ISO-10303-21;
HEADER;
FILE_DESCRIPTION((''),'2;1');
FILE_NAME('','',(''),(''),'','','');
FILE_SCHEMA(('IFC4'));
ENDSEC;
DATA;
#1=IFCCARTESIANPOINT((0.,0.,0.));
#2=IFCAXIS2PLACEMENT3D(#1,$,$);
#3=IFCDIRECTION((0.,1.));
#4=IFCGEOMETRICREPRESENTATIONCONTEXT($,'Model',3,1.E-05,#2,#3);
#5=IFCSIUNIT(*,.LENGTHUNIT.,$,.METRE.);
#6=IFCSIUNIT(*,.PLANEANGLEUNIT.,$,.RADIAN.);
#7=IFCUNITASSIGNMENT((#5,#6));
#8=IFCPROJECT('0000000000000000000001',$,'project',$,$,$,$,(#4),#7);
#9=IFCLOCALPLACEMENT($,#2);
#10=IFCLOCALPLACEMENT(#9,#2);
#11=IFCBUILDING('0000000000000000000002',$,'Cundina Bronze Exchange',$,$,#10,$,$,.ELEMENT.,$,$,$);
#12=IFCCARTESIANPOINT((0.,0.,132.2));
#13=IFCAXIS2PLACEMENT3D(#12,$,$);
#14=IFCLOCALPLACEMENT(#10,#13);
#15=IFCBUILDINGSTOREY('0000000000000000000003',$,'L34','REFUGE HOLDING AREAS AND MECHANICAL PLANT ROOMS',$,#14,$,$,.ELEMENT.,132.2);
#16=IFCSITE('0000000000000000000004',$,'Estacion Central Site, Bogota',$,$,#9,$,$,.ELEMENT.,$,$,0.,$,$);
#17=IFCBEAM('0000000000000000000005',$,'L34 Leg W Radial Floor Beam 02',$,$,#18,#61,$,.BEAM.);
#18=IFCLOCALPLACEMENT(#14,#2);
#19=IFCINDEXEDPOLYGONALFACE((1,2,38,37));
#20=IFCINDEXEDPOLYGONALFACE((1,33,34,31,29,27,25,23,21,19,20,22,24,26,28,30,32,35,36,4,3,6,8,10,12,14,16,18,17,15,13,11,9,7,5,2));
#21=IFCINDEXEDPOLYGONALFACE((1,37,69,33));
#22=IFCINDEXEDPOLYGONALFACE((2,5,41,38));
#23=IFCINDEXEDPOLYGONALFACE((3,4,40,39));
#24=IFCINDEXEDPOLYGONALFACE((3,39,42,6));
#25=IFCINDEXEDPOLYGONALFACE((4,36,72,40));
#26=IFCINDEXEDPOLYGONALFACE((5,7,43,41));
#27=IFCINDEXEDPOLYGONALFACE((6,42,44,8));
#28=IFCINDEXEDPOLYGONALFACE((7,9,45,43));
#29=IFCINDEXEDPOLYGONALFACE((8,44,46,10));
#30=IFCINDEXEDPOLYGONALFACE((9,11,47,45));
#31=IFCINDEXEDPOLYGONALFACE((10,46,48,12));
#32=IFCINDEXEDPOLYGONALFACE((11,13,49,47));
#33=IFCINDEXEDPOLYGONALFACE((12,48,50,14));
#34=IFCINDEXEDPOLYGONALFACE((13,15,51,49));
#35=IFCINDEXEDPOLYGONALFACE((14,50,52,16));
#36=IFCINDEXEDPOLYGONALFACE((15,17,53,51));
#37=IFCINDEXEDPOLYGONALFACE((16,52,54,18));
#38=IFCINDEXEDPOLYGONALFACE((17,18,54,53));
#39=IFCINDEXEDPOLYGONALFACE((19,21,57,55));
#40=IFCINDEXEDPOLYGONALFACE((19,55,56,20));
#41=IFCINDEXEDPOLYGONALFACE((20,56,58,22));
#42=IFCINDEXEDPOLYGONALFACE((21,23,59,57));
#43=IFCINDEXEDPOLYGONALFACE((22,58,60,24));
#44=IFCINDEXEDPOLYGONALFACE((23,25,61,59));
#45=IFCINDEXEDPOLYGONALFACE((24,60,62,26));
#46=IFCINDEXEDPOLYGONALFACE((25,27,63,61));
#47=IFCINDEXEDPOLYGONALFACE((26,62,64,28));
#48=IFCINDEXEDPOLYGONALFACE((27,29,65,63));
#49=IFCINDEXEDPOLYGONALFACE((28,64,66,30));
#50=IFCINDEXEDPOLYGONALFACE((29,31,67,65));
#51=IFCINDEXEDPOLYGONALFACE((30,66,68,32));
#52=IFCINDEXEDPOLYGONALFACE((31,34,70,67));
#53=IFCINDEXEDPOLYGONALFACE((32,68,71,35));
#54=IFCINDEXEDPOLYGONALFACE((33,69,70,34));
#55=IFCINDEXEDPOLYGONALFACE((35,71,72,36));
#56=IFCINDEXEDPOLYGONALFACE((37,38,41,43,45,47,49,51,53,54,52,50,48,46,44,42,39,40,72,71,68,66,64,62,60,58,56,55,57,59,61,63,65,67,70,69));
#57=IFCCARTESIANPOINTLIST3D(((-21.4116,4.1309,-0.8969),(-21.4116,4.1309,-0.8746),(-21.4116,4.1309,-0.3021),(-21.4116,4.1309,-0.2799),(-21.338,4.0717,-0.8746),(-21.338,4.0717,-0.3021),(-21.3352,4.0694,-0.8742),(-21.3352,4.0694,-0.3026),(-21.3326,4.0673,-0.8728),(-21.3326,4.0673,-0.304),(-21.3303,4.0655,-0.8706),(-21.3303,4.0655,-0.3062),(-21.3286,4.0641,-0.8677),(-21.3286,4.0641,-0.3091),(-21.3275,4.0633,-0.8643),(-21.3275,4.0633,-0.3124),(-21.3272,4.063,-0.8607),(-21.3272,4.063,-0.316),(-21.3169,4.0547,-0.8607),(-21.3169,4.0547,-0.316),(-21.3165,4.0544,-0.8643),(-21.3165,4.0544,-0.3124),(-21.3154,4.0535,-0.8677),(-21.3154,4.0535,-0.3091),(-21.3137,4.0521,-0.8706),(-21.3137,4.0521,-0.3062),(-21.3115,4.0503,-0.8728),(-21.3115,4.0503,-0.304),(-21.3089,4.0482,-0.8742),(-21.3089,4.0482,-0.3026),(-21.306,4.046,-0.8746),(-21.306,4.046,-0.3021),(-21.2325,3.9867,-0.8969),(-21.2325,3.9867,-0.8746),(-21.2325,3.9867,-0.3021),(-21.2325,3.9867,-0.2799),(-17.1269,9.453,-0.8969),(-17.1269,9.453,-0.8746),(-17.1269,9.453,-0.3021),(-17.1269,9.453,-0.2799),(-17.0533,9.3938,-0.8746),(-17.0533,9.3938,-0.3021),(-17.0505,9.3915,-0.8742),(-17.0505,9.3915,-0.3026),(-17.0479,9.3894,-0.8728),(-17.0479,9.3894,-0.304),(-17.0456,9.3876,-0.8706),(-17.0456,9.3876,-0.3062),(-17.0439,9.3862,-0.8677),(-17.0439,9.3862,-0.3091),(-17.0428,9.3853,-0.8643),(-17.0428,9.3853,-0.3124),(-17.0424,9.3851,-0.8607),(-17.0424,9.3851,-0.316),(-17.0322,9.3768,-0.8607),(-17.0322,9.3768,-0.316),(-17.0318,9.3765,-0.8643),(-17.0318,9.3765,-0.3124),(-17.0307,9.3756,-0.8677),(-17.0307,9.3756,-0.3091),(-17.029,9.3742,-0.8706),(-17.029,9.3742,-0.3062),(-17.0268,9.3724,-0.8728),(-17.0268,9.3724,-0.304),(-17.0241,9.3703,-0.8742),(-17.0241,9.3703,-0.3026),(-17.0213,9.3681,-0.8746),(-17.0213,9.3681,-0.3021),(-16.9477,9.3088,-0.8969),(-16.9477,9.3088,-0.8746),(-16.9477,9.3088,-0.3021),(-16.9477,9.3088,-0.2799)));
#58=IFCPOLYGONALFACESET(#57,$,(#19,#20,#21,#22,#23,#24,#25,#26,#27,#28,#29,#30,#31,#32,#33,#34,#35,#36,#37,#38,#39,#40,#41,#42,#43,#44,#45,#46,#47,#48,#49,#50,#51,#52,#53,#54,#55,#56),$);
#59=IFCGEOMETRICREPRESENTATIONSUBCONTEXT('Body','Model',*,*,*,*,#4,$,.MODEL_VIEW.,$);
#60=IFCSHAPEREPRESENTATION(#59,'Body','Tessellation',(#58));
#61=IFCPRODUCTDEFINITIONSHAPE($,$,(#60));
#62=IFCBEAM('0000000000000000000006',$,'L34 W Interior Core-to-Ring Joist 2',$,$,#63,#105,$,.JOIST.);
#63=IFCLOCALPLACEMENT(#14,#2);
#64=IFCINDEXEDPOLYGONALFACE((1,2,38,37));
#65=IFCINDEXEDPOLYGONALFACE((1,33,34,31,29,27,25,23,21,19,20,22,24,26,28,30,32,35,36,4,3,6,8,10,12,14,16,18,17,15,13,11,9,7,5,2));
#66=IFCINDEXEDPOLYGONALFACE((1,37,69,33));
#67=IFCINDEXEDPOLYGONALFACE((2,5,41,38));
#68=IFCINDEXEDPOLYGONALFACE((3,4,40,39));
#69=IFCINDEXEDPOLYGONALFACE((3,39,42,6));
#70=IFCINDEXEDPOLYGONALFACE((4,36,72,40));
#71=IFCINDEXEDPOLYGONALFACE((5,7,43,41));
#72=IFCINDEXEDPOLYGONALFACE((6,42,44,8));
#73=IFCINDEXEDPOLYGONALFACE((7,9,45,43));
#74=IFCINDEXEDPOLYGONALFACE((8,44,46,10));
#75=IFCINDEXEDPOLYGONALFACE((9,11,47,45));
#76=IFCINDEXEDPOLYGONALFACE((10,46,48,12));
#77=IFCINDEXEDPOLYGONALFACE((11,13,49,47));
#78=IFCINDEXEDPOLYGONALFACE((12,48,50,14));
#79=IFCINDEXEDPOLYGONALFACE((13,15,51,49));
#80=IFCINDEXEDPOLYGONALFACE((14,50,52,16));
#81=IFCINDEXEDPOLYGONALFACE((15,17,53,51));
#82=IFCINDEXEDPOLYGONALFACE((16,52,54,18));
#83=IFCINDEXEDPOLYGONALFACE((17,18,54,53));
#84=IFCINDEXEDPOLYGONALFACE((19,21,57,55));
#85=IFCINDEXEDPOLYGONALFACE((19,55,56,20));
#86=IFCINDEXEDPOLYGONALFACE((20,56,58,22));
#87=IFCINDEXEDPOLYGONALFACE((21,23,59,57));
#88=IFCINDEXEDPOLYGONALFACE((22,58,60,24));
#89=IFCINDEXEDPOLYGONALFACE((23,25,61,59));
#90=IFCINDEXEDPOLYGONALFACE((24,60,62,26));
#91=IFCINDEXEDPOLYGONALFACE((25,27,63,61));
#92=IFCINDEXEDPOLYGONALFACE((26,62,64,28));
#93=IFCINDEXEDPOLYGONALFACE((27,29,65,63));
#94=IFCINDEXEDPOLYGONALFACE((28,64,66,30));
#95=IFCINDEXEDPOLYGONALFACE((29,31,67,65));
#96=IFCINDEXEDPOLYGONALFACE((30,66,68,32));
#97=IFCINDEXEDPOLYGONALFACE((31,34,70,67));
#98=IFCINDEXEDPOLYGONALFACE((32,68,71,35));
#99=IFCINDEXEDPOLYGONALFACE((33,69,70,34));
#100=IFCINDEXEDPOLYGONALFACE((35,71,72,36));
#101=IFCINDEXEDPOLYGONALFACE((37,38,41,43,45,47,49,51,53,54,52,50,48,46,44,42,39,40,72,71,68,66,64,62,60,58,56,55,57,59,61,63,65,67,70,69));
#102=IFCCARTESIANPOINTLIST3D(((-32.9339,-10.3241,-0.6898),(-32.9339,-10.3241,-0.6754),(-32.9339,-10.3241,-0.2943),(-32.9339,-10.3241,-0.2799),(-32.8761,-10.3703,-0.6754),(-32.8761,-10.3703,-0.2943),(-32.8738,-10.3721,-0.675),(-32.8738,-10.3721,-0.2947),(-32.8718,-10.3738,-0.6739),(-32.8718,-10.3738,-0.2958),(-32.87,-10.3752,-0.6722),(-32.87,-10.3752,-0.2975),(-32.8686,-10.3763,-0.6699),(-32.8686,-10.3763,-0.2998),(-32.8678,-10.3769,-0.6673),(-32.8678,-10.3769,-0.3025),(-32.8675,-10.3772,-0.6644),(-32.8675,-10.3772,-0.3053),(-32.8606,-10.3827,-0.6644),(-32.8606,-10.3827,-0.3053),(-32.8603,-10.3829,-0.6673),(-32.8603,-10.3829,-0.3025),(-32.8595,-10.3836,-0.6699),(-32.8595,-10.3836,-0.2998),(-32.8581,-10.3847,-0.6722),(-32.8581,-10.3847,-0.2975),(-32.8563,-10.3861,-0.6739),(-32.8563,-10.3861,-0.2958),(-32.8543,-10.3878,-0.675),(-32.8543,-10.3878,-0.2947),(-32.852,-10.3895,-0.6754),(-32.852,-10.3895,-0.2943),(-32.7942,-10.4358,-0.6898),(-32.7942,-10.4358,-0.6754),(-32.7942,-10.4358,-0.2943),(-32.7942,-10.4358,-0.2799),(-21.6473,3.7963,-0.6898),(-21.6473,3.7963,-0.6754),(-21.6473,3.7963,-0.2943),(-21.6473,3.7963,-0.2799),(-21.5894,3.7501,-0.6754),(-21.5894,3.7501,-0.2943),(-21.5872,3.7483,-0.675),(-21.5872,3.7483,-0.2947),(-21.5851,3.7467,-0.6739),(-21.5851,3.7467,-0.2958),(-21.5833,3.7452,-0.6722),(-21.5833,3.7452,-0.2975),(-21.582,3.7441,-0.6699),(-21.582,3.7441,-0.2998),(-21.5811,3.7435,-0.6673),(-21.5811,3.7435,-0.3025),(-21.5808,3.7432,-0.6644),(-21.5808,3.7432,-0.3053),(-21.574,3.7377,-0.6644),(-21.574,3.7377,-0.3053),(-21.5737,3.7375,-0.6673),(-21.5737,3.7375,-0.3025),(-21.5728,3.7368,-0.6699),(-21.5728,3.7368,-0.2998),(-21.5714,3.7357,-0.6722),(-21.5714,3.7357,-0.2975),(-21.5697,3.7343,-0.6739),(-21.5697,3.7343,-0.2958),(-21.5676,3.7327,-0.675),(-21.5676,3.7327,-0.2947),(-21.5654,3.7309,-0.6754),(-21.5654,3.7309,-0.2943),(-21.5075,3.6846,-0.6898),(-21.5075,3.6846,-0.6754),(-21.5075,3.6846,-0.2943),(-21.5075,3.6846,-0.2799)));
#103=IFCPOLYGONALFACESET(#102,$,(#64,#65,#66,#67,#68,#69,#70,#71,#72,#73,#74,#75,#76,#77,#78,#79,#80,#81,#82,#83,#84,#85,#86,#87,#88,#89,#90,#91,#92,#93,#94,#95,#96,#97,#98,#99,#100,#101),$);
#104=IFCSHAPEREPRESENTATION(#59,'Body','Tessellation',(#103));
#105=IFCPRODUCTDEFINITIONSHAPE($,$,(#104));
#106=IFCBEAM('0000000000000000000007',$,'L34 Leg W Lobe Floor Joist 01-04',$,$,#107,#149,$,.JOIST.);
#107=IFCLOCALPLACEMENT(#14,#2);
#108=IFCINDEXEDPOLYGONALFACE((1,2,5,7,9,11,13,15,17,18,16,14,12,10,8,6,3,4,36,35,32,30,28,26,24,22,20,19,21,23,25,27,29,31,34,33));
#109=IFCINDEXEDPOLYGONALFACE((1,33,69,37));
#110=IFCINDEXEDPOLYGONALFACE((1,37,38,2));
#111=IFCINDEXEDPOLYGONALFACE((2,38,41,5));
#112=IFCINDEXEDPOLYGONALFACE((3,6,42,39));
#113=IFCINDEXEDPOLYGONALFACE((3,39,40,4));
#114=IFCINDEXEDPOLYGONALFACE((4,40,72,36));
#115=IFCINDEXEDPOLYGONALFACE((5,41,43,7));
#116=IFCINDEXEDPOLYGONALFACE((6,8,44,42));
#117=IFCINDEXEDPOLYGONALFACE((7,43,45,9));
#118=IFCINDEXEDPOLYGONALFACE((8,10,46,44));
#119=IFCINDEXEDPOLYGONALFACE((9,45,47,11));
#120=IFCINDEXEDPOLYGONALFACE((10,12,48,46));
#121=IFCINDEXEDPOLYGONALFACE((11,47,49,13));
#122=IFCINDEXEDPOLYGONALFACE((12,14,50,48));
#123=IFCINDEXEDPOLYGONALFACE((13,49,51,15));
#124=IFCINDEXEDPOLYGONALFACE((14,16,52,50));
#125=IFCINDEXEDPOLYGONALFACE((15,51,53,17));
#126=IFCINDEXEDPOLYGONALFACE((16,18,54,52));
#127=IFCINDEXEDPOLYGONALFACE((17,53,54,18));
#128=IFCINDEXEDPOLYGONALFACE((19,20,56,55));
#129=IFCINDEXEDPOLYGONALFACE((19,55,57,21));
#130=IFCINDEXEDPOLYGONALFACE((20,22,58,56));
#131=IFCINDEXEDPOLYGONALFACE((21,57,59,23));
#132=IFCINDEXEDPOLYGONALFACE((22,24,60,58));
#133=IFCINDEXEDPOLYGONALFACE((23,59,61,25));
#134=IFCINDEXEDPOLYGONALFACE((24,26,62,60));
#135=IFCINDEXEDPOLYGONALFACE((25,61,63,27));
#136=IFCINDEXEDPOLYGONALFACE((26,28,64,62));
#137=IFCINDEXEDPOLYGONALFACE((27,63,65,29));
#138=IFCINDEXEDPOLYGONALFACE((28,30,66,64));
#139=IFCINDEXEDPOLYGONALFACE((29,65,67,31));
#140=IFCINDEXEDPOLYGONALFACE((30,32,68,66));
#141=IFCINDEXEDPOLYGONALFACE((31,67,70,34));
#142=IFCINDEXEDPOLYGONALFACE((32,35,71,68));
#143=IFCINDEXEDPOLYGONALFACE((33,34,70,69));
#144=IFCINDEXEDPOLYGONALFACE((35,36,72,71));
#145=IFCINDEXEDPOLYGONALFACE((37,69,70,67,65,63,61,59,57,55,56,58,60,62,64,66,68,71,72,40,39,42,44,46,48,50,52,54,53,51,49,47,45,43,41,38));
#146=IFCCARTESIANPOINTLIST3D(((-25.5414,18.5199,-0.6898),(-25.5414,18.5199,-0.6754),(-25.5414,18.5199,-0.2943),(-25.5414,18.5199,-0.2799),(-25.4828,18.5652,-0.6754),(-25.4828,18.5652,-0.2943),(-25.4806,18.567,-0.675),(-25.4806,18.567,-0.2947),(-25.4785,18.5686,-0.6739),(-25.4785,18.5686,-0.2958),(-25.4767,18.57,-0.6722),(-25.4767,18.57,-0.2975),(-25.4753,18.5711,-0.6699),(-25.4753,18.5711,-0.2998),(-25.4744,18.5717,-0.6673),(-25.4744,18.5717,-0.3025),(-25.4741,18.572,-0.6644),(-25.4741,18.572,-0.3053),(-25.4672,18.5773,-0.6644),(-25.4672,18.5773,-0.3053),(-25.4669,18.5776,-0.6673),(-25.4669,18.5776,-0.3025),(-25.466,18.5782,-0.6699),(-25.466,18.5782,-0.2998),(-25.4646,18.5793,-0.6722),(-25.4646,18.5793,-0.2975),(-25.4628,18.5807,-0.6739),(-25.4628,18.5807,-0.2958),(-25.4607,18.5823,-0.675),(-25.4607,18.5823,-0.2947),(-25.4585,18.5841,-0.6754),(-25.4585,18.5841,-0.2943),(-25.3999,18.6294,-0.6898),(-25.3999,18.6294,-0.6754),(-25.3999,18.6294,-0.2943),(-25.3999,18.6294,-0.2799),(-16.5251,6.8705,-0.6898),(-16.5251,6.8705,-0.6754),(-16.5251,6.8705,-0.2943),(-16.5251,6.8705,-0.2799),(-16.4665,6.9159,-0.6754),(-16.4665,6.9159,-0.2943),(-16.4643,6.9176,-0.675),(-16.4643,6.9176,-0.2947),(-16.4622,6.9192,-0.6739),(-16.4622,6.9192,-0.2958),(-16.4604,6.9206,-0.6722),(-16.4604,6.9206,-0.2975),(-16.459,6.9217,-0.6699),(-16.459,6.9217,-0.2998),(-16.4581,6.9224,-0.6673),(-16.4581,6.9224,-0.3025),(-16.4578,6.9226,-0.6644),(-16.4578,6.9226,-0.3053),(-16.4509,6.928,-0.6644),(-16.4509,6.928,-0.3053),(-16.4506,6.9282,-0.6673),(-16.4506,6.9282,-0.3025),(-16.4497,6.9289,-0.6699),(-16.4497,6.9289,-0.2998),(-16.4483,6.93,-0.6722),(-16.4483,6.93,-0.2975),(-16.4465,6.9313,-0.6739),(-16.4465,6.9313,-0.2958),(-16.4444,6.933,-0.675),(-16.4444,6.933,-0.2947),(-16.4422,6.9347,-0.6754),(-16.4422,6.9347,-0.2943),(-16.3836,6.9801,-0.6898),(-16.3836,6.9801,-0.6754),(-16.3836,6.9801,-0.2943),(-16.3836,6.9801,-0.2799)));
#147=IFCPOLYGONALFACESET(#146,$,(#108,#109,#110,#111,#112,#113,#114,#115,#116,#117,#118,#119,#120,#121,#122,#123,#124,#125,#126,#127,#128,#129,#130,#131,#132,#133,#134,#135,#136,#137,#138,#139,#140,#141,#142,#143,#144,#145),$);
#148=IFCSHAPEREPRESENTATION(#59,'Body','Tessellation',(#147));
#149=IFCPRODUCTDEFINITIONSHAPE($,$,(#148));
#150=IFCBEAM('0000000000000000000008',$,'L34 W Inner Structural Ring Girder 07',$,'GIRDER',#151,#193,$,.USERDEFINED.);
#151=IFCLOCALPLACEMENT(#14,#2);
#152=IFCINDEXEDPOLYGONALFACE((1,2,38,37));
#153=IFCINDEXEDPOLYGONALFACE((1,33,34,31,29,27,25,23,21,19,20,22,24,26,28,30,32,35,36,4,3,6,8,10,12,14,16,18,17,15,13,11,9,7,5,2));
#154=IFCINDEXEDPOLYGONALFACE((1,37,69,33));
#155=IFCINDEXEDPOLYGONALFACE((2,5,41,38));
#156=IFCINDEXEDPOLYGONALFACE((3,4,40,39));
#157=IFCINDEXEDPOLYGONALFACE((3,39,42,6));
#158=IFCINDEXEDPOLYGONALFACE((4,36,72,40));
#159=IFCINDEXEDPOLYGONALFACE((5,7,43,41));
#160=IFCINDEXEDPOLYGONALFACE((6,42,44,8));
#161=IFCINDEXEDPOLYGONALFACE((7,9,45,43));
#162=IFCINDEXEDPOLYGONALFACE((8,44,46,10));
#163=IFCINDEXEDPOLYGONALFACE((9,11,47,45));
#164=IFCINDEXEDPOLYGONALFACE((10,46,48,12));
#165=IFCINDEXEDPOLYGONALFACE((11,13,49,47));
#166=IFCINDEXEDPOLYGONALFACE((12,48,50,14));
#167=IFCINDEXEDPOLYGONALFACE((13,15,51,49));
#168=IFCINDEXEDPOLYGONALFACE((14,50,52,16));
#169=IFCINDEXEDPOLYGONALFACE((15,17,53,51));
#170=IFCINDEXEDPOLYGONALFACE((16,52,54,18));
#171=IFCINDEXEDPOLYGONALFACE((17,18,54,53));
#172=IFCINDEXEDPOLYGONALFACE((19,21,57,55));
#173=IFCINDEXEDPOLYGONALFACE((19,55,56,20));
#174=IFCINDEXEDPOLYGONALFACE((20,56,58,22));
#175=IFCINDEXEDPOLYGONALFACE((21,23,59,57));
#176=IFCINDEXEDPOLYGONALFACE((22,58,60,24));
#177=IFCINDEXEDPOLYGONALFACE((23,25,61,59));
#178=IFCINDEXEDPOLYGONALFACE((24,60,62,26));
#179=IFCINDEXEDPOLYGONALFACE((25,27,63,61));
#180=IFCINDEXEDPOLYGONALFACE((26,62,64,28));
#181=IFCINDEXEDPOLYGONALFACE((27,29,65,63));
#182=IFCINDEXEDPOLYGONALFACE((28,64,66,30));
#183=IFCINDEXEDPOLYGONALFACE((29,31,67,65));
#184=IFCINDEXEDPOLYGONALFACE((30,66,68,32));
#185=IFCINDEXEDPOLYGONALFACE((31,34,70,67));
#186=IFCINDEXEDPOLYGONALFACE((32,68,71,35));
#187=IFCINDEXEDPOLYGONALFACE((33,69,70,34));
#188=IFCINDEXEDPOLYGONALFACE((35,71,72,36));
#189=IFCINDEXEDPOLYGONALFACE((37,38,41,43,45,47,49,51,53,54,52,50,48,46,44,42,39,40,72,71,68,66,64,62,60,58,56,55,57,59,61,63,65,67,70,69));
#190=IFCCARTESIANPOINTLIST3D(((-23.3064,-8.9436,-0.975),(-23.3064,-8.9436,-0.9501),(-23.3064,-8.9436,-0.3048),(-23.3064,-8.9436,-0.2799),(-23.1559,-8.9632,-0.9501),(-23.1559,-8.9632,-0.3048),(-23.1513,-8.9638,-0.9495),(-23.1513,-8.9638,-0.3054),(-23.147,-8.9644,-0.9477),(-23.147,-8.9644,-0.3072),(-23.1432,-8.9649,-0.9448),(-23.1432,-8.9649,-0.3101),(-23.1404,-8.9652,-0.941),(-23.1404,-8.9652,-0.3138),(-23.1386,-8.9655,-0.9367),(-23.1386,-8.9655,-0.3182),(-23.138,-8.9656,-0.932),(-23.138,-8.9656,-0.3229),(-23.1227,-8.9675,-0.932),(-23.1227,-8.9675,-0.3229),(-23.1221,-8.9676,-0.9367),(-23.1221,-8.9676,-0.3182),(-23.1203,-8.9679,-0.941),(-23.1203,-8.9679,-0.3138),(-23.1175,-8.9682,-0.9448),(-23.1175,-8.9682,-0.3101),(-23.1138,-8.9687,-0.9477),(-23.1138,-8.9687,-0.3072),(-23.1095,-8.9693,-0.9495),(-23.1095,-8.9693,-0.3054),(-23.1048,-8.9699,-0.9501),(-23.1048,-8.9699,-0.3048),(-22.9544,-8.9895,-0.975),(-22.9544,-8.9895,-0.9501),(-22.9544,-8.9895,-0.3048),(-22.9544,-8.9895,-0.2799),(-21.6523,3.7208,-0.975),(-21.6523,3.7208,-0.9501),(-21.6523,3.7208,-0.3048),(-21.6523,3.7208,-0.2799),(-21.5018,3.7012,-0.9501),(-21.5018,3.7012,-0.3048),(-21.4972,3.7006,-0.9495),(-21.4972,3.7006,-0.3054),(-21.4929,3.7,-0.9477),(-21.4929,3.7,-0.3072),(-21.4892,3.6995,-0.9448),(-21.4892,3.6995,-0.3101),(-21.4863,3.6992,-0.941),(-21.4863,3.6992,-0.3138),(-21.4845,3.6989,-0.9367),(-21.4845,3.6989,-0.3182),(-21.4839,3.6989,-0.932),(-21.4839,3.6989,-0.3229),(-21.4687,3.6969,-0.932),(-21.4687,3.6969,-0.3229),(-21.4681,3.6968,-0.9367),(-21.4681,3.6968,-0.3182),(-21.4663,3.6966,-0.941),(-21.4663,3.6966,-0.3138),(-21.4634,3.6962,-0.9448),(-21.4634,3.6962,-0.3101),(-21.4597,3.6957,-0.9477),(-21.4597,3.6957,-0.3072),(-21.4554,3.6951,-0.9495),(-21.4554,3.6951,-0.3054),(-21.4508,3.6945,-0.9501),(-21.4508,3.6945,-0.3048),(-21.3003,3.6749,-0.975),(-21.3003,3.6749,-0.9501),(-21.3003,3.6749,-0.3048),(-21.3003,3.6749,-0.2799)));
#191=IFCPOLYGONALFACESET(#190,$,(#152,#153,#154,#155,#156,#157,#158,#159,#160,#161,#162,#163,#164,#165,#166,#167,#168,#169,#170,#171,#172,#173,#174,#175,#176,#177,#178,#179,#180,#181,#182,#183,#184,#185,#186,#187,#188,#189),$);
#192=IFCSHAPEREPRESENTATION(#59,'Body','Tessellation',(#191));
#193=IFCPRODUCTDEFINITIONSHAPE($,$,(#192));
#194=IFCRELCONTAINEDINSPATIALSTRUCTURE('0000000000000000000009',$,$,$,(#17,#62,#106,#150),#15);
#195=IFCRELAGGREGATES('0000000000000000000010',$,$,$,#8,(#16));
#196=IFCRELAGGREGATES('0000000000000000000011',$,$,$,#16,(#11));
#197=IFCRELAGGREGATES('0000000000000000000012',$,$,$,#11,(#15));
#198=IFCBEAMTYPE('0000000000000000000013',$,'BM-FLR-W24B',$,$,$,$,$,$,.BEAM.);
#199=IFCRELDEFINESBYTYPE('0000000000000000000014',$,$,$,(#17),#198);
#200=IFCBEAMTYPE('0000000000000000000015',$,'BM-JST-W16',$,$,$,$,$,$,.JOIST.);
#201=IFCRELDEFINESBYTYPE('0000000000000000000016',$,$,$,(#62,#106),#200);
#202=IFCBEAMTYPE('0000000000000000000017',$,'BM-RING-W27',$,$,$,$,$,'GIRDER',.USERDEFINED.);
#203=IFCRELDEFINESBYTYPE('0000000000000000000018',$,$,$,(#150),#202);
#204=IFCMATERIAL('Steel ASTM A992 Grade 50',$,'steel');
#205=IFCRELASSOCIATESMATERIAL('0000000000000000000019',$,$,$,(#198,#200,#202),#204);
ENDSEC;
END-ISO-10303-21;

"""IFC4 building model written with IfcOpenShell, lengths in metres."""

from ifc_helpers import new_model, si_unit, direction, frame, origin, origin_2d, place, context, subcontext, project, spatial, i_section, extrude, material, material_profile, profile_set, type_object, element, save


model = new_model("IFC4")

# Units and contexts
model_context = context("Model", 3, precision=1e-05, world=origin(), true_north=direction((0.0, 1.0)))
body_context = subcontext(model_context, "Body", "Model", "MODEL_VIEW")
ifc_project = project(units=[si_unit("LENGTHUNIT", "METRE"), si_unit("PLANEANGLEUNIT", "RADIAN")], contexts=[model_context])

# Site, building, storey
site_placement = place(None, origin())
site = spatial("IfcSite", under=ifc_project, at=site_placement, Name="Estacion Central Site, Bogota", CompositionType="ELEMENT", RefElevation=0.0)
building_placement = place(site_placement, origin())
building = spatial("IfcBuilding", under=site, at=building_placement, Name="Cundina Bronze Exchange", CompositionType="ELEMENT")
storey_placement = place(building_placement, frame((0.0, 0.0, 132.2)))
storey = spatial("IfcBuildingStorey", under=building, at=storey_placement, Name="L34", Description="REFUGE HOLDING AREAS AND MECHANICAL PLANT ROOMS", CompositionType="ELEMENT", Elevation=132.2)

# Shared definitions
ifc_material_1 = material(Name="Steel ASTM A992 Grade 50", Category="steel")

# Beams
ifc_material_profile_1 = material_profile(ifc_material_1, i_section(OverallWidth=0.23, OverallDepth=0.6169, WebThickness=0.0132, FlangeThickness=0.0222, FilletRadius=0.0139, at=origin_2d()), Name="W24X94", Category="steel")
ifc_profile_set_1 = profile_set([ifc_material_profile_1], Name="Steel ASTM A992 Grade 50")
beam_type_1 = type_object("IfcBeamType", Name="BM-FLR-W24B", PredefinedType="BEAM", material=ifc_profile_set_1)
beam_1_placement = place(storey_placement, frame((-21.322, 4.0588, -0.5884), z_axis=(0.627106, 0.778934, 0.0), x_axis=(-0.778934, 0.627106, 0.0)))
element("IfcBeam", 1, at=beam_1_placement, inside=storey, type_object=beam_type_1, Name="L34 Leg W Radial Floor Beam 02", PredefinedType="BEAM", context=body_context, shape_type="SweptSolid", body=[
    extrude(i_section(OverallWidth=0.23, OverallDepth=0.6169, WebThickness=0.0132, FlangeThickness=0.0222, FilletRadius=0.0139, at=origin_2d()), origin(), (0.0, 0.0, 1.0), 6.8325),
])
ifc_material_profile_2 = material_profile(ifc_material_1, i_section(OverallWidth=0.179, OverallDepth=0.4099, WebThickness=0.0088, FlangeThickness=0.0144, FilletRadius=0.011, at=origin_2d()), Name="W16X45", Category="steel")
ifc_profile_set_2 = profile_set([ifc_material_profile_2], Name="Steel ASTM A992 Grade 50")
beam_type_2 = type_object("IfcBeamType", Name="BM-JST-W16", PredefinedType="JOIST", material=ifc_profile_set_2)
beam_2_placement = place(storey_placement, frame((-21.5774, 3.7405, -0.4849), z_axis=(-0.624369, -0.78113, 0.0), x_axis=(0.78113, -0.624369, 0.0)))
element("IfcBeam", 2, at=beam_2_placement, inside=storey, type_object=beam_type_2, Name="L34 W Interior Core-to-Ring Joist 2", PredefinedType="JOIST", context=body_context, shape_type="SweptSolid", body=[
    extrude(i_section(OverallWidth=0.179, OverallDepth=0.4099, WebThickness=0.0088, FlangeThickness=0.0144, FilletRadius=0.011, at=origin_2d()), origin(), (0.0, 0.0, 1.0), 18.0769),
])
beam_3_placement = place(storey_placement, frame((-16.4543, 6.9253, -0.4849), z_axis=(-0.612065, 0.790807, 0.0), x_axis=(-0.790807, -0.612065, 0.0)))
element("IfcBeam", 3, at=beam_3_placement, inside=storey, type_object=beam_type_2, Name="L34 Leg W Lobe Floor Joist 01-04", PredefinedType="JOIST", context=body_context, shape_type="SweptSolid", body=[
    extrude(i_section(OverallWidth=0.179, OverallDepth=0.4099, WebThickness=0.0088, FlangeThickness=0.0144, FilletRadius=0.011, at=origin_2d()), origin(), (0.0, 0.0, 1.0), 14.731),
])
ifc_material_profile_3 = material_profile(ifc_material_1, i_section(OverallWidth=0.355, OverallDepth=0.6951, WebThickness=0.0154, FlangeThickness=0.0249, FilletRadius=0.0181, at=origin_2d()), Name="W27X146", Category="steel")
ifc_profile_set_3 = profile_set([ifc_material_profile_3], Name="Steel ASTM A992 Grade 50")
beam_type_3 = type_object("IfcBeamType", Name="BM-RING-W27", ElementType="GIRDER", PredefinedType="USERDEFINED", material=ifc_profile_set_3)
beam_4_placement = place(storey_placement, frame((-23.1304, -8.9666, -0.6274), z_axis=(0.129508, 0.991578, 0.0), x_axis=(-0.991578, 0.129508, 0.0)))
element("IfcBeam", 4, at=beam_4_placement, inside=storey, type_object=beam_type_3, Name="L34 W Inner Structural Ring Girder 07", ObjectType="GIRDER", PredefinedType="USERDEFINED", context=body_context, shape_type="SweptSolid", body=[
    extrude(i_section(OverallWidth=0.355, OverallDepth=0.6951, WebThickness=0.0154, FlangeThickness=0.0249, FilletRadius=0.0181, at=origin_2d()), origin(), (0.0, 0.0, 1.0), 12.772),
])

save(model, "model.ifc")
